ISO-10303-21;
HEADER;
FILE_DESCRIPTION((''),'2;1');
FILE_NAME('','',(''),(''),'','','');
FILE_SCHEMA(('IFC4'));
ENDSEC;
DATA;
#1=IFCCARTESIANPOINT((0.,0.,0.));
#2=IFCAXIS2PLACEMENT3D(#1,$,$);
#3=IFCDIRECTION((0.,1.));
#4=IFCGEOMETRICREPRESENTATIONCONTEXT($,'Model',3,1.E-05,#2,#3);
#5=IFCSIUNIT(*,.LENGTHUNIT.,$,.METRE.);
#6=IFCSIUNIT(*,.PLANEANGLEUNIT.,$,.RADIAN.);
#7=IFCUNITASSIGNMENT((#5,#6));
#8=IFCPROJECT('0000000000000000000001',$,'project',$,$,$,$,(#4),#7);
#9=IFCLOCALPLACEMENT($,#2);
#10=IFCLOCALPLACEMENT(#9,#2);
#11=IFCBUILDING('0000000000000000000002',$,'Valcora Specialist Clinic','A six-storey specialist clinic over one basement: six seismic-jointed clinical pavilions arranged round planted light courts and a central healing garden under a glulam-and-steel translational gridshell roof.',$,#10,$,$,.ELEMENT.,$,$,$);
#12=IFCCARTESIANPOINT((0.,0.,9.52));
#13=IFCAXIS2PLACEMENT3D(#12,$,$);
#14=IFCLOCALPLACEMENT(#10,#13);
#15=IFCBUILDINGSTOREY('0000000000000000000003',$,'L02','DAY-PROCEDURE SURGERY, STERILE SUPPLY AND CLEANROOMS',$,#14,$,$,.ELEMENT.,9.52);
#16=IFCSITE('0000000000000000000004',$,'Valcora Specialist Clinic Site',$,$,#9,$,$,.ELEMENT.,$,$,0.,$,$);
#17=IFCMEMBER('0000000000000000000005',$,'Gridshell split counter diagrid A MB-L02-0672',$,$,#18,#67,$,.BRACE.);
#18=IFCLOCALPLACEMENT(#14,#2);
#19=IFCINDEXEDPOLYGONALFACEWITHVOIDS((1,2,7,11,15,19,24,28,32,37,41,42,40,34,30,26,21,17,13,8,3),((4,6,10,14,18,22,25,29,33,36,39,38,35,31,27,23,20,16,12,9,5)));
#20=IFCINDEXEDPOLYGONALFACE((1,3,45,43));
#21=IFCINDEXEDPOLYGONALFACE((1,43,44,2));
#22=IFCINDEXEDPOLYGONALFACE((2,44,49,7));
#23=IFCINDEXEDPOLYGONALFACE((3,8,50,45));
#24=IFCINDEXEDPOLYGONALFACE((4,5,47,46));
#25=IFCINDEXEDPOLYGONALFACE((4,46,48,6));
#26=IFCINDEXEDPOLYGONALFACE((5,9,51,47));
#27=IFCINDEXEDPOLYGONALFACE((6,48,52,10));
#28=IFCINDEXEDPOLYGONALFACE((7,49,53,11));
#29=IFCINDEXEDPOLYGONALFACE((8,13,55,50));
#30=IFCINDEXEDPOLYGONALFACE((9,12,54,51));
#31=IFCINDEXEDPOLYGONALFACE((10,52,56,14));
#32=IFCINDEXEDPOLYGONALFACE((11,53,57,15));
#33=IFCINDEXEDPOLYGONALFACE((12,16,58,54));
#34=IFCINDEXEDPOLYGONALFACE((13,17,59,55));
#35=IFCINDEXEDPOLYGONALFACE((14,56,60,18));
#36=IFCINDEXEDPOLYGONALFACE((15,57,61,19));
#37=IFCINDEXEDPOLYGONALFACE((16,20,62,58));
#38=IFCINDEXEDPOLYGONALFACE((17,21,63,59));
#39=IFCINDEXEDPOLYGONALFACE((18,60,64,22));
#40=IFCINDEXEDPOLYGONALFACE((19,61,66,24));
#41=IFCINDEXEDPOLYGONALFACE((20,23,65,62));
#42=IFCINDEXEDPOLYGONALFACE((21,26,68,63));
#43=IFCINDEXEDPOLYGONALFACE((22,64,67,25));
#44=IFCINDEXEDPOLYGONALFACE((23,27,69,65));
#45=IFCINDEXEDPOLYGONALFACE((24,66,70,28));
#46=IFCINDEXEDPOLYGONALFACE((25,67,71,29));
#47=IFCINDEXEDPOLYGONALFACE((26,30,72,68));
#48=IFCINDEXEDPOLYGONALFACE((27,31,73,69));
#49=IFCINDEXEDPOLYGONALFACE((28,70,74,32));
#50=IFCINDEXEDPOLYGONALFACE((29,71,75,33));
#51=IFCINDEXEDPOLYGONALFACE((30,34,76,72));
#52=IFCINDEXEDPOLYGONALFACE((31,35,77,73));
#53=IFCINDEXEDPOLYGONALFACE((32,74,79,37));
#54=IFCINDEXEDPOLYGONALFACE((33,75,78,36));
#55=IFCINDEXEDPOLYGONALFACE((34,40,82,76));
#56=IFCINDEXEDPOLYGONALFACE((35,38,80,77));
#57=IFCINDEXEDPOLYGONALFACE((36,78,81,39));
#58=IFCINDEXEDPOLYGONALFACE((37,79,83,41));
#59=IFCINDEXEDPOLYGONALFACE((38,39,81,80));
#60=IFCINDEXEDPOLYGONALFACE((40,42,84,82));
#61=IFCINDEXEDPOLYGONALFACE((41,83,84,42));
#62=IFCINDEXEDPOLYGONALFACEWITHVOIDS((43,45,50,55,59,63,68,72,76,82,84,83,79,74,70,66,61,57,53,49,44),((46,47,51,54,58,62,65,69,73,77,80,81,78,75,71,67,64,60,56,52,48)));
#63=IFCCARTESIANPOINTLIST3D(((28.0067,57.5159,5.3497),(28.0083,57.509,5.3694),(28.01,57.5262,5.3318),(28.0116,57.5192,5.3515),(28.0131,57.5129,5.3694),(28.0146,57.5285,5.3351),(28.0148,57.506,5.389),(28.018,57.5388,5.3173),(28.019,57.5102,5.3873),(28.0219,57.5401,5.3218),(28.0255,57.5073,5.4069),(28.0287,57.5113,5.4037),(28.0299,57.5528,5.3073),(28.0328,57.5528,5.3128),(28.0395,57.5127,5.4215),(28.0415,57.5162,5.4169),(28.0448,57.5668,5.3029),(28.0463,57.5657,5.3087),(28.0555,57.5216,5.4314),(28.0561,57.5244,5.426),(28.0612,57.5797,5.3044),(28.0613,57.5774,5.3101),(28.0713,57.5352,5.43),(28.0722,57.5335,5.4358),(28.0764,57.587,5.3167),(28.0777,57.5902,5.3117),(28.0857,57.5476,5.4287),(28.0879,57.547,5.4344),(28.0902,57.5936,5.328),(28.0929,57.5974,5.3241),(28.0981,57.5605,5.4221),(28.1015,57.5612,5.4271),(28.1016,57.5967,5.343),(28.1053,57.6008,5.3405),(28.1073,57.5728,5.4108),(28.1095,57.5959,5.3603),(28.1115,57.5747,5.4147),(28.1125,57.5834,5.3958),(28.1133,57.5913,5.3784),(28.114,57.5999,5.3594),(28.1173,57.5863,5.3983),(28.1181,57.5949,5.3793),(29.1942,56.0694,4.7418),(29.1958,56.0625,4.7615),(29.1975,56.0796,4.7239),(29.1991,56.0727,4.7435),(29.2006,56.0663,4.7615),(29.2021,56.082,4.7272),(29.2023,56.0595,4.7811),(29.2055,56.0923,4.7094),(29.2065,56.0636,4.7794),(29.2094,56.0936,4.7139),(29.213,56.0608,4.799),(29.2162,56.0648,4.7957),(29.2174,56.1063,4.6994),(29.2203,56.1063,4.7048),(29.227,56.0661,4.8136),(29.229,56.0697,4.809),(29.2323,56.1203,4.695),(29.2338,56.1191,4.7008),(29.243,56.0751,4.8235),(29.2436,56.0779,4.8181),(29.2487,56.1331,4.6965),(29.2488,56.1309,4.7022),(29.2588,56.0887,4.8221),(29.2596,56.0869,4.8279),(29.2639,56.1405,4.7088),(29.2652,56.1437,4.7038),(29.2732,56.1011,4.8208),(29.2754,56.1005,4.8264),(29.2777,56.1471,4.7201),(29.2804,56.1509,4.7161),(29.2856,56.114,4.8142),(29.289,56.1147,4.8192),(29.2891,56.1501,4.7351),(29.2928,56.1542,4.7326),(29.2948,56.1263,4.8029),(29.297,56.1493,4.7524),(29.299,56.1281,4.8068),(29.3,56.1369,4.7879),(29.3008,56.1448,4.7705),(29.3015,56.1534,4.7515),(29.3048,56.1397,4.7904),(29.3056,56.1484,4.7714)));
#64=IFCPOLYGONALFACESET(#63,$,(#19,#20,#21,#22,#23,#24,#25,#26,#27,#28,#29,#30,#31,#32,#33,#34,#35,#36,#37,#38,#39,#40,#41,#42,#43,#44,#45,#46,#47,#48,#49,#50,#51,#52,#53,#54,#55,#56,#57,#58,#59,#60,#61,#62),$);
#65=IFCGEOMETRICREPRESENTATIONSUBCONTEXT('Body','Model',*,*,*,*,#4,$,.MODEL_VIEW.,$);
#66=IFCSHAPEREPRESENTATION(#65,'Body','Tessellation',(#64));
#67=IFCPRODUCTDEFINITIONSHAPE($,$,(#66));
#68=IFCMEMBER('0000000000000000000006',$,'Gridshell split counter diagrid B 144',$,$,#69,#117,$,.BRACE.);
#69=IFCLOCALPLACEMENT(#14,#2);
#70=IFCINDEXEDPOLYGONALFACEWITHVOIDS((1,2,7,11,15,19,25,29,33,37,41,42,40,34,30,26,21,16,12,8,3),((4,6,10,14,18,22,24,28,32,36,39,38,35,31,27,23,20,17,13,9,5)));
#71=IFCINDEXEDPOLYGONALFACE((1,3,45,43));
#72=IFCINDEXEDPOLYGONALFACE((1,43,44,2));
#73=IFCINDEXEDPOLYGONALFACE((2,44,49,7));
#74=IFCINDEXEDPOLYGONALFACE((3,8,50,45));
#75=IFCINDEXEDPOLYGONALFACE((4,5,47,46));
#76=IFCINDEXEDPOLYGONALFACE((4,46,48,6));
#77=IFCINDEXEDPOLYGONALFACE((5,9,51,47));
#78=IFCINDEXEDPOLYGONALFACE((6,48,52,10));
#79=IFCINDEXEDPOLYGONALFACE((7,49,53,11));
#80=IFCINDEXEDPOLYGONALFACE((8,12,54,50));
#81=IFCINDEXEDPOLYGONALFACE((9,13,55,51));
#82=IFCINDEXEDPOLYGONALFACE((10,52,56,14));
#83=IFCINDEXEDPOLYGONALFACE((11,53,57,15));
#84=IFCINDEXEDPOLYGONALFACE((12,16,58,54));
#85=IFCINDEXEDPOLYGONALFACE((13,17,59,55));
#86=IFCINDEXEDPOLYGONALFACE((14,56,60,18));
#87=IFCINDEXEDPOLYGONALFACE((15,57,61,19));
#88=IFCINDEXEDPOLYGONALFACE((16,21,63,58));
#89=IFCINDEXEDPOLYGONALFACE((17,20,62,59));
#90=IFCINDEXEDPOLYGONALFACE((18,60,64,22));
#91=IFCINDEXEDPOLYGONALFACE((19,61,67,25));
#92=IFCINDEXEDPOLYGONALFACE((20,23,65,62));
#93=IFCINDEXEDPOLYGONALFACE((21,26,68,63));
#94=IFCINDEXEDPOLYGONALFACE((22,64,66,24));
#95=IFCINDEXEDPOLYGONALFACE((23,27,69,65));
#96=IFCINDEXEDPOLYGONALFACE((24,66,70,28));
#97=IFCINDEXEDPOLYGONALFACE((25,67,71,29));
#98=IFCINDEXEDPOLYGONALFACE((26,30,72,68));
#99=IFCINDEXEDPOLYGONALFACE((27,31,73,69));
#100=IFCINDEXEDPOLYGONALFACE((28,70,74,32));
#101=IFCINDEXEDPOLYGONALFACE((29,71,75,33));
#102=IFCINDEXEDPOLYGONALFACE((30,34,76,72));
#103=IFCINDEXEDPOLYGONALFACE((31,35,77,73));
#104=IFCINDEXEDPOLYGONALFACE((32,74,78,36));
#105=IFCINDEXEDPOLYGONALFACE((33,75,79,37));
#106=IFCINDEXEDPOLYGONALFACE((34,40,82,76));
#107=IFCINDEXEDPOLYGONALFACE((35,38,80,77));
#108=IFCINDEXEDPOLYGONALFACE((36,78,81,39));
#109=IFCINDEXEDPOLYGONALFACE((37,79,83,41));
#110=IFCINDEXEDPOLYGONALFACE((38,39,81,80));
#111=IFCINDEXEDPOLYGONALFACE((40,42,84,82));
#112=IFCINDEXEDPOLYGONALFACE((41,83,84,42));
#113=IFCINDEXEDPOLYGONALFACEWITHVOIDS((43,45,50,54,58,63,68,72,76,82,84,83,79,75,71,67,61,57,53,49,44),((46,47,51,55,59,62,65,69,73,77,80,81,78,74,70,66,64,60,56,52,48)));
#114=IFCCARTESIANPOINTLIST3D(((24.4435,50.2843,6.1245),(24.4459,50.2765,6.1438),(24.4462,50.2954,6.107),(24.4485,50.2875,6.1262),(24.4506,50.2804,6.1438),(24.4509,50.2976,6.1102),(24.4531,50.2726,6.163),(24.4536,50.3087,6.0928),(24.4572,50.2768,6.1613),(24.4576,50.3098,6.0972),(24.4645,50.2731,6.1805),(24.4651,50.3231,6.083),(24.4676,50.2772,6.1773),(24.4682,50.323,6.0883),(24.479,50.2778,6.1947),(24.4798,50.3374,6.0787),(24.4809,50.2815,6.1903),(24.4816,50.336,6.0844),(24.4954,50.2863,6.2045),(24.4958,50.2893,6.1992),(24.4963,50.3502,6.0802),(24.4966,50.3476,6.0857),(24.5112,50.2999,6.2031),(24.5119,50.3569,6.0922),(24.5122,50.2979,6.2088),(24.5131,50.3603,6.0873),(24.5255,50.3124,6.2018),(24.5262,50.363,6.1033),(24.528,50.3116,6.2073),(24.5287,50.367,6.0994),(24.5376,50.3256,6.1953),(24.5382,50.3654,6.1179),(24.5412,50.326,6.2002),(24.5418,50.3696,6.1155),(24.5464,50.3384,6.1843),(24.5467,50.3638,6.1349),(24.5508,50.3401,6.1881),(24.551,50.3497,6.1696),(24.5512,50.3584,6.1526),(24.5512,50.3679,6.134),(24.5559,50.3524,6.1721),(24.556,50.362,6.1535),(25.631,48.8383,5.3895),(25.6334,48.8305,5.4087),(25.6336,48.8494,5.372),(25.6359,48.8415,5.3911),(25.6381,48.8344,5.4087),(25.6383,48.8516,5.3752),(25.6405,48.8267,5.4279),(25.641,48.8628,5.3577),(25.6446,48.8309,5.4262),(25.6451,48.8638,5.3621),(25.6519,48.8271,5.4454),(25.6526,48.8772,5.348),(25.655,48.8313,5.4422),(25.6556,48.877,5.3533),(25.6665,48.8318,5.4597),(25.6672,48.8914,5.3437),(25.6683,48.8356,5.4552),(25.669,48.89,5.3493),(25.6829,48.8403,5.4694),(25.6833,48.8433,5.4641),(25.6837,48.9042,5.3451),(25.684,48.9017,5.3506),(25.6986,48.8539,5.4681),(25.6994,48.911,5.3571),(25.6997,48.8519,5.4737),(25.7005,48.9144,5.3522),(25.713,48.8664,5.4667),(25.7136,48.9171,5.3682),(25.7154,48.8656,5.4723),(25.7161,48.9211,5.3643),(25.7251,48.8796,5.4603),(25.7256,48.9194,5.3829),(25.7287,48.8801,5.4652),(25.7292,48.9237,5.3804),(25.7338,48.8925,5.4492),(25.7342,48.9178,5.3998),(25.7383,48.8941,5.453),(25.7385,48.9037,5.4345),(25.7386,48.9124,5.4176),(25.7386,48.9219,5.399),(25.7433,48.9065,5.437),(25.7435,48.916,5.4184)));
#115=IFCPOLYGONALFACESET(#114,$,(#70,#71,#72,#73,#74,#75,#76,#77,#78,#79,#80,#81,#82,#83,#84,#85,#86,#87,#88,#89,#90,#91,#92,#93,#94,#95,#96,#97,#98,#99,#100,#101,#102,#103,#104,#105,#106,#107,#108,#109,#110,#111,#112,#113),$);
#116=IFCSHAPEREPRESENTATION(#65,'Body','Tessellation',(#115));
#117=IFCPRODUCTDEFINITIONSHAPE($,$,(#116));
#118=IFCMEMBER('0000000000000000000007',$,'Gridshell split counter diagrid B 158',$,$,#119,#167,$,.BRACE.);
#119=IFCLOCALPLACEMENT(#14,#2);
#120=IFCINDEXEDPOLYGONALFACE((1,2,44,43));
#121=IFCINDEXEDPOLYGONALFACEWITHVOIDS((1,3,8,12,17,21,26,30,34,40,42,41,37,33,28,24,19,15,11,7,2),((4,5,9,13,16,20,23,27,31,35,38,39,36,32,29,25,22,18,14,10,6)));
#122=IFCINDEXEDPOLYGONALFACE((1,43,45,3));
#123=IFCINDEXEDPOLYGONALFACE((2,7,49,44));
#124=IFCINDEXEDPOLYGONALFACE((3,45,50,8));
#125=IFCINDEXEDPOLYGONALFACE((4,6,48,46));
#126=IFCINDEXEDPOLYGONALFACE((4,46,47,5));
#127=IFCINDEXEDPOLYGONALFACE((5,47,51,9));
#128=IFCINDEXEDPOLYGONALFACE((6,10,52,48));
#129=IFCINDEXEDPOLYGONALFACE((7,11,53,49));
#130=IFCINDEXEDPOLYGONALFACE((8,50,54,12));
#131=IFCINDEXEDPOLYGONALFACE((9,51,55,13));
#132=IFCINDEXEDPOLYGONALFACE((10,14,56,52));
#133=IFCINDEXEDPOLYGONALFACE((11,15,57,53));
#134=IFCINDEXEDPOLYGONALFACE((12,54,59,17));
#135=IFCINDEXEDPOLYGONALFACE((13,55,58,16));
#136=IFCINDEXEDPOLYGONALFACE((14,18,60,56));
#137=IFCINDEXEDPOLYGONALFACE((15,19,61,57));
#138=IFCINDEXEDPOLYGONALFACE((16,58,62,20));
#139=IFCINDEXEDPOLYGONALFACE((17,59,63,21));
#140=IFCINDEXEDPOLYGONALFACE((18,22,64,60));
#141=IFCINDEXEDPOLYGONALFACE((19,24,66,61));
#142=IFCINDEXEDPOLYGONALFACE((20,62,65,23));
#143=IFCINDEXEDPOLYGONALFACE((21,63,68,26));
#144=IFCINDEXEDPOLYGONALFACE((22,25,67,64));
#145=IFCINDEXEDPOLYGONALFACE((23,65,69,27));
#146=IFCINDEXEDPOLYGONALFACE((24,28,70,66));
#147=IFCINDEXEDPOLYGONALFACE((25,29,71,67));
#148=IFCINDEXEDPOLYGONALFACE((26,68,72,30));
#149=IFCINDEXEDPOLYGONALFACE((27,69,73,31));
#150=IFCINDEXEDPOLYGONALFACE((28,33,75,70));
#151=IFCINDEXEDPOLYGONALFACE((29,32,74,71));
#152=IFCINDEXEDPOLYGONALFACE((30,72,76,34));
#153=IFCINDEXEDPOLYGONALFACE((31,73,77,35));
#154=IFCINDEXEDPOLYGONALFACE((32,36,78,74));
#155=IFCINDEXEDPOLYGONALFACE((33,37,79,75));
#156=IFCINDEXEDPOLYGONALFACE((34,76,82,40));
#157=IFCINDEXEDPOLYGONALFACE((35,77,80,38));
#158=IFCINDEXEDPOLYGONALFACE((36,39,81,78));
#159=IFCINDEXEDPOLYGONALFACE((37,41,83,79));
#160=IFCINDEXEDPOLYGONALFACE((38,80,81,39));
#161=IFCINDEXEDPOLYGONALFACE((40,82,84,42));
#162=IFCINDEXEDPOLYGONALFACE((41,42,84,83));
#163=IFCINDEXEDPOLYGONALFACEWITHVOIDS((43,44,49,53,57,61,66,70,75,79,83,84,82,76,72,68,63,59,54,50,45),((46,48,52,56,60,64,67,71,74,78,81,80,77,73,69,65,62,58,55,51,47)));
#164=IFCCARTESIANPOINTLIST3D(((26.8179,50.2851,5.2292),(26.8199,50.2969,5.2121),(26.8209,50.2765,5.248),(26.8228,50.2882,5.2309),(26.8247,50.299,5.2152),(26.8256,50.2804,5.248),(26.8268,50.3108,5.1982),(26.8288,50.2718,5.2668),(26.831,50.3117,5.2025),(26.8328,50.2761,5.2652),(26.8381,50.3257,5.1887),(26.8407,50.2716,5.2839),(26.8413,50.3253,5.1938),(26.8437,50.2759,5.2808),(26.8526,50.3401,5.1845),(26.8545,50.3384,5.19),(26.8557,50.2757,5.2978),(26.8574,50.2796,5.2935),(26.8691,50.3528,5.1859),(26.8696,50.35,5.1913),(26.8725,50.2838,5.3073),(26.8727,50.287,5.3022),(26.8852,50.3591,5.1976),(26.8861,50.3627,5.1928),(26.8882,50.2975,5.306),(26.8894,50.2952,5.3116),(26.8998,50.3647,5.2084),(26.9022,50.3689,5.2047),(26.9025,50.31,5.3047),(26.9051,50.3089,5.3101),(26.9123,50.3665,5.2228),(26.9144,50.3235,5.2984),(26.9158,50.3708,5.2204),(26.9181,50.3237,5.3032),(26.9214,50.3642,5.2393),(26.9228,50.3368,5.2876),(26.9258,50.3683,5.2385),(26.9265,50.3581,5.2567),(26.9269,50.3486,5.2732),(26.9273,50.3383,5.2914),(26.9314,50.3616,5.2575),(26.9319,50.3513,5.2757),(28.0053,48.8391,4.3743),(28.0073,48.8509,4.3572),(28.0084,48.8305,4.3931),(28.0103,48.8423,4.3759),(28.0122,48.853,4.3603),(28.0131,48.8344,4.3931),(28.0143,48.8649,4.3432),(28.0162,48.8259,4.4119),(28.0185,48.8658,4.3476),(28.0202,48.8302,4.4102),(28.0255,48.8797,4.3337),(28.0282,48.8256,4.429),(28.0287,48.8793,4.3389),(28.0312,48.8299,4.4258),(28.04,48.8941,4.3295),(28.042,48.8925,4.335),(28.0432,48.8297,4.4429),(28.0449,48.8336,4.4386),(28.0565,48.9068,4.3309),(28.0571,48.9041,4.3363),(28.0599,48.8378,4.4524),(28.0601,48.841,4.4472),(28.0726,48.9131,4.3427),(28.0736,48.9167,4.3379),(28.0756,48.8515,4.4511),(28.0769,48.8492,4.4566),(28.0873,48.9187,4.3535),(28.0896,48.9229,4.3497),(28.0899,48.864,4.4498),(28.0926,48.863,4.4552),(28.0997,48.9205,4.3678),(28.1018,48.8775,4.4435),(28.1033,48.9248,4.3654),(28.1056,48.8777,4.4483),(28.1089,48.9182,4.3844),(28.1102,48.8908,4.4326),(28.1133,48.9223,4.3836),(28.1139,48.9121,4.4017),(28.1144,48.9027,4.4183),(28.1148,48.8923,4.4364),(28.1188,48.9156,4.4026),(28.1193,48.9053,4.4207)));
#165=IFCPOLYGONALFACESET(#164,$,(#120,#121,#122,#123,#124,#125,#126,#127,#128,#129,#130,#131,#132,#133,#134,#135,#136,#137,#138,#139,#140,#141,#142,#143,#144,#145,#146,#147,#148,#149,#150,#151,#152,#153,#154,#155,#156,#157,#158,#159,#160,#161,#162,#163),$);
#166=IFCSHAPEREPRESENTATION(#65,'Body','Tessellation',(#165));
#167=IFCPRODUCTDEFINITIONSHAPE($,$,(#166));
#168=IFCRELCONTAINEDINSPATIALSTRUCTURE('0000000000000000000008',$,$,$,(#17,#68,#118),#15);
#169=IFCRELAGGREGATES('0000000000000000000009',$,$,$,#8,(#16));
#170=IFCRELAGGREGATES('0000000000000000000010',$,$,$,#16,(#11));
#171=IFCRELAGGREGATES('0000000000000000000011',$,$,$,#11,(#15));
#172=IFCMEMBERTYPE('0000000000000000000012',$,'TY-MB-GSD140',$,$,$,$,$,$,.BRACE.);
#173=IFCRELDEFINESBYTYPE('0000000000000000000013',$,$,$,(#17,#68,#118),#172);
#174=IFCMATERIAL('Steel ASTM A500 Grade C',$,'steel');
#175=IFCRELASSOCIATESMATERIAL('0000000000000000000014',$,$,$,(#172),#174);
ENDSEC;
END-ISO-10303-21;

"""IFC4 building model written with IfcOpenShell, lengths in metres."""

from ifc_helpers import new_model, si_unit, direction, frame, origin, origin_2d, place, context, subcontext, project, spatial, hollow_circle, extrude, material, material_profile, profile_set, type_object, element, save


model = new_model("IFC4")

# Units and contexts
model_context = context("Model", 3, precision=1e-05, world=origin(), true_north=direction((0.0, 1.0)))
body_context = subcontext(model_context, "Body", "Model", "MODEL_VIEW")
ifc_project = project(units=[si_unit("LENGTHUNIT", "METRE"), si_unit("PLANEANGLEUNIT", "RADIAN")], contexts=[model_context])

# Site, building, storey
site_placement = place(None, origin())
site = spatial("IfcSite", under=ifc_project, at=site_placement, Name="Valcora Specialist Clinic Site", CompositionType="ELEMENT", RefElevation=0.0)
building_placement = place(site_placement, origin())
building = spatial("IfcBuilding", under=site, at=building_placement, Name="Valcora Specialist Clinic", Description="A six-storey specialist clinic over one basement: six seismic-jointed clinical pavilions arranged round planted light courts and a central healing garden under a glulam-and-steel translational gridshell roof.", CompositionType="ELEMENT")
storey_placement = place(building_placement, frame((0.0, 0.0, 9.52)))
storey = spatial("IfcBuildingStorey", under=building, at=storey_placement, Name="L02", Description="DAY-PROCEDURE SURGERY, STERILE SUPPLY AND CLEANROOMS", CompositionType="ELEMENT", Elevation=9.52)

# Members
ifc_material_1 = material(Name="Steel ASTM A500 Grade C", Category="steel")
ifc_material_profile_1 = material_profile(ifc_material_1, hollow_circle(Radius=0.0701, WallThickness=0.0061, at=origin_2d()), Name="ST-CHS-140X6")
ifc_profile_set_1 = profile_set([ifc_material_profile_1], Name="Steel ASTM A500 Grade C")
member_type_1 = type_object("IfcMemberType", Name="TY-MB-GSD140", PredefinedType="BRACE", material=ifc_profile_set_1)
member_1_placement = place(storey_placement, frame((29.25, 56.1069, 4.7615), z_axis=(-0.603471, 0.735108, 0.308932), x_axis=(-0.772916, -0.634508, 0.0)))
element("IfcMember", 1, at=member_1_placement, inside=storey, type_object=member_type_1, Name="Gridshell split counter diagrid A MB-L02-0672", PredefinedType="BRACE", context=body_context, shape_type="SweptSolid", body=[
    extrude(hollow_circle(Radius=0.0701, WallThickness=0.0061, at=origin_2d()), origin(), (0.0, 0.0, 1.0), 1.9678),
])
member_2_placement = place(storey_placement, frame((25.6875, 48.875, 5.4087), z_axis=(-0.590687, 0.719293, 0.365658), x_axis=(-0.772811, -0.634636, 0.0)))
element("IfcMember", 2, at=member_2_placement, inside=storey, type_object=member_type_1, Name="Gridshell split counter diagrid B 144", PredefinedType="BRACE", context=body_context, shape_type="SweptSolid", body=[
    extrude(hollow_circle(Radius=0.0701, WallThickness=0.0061, at=origin_2d()), origin(), (0.0, 0.0, 1.0), 2.0103),
])
member_3_placement = place(storey_placement, frame((28.0625, 48.875, 4.3931), z_axis=(-0.577233, 0.702909, 0.415598), x_axis=(-0.772811, -0.634636, 0.0)))
element("IfcMember", 3, at=member_3_placement, inside=storey, type_object=member_type_1, Name="Gridshell split counter diagrid B 158", PredefinedType="BRACE", context=body_context, shape_type="SweptSolid", body=[
    extrude(hollow_circle(Radius=0.0701, WallThickness=0.0061, at=origin_2d()), origin(), (0.0, 0.0, 1.0), 2.0571),
])

save(model, "model.ifc")
